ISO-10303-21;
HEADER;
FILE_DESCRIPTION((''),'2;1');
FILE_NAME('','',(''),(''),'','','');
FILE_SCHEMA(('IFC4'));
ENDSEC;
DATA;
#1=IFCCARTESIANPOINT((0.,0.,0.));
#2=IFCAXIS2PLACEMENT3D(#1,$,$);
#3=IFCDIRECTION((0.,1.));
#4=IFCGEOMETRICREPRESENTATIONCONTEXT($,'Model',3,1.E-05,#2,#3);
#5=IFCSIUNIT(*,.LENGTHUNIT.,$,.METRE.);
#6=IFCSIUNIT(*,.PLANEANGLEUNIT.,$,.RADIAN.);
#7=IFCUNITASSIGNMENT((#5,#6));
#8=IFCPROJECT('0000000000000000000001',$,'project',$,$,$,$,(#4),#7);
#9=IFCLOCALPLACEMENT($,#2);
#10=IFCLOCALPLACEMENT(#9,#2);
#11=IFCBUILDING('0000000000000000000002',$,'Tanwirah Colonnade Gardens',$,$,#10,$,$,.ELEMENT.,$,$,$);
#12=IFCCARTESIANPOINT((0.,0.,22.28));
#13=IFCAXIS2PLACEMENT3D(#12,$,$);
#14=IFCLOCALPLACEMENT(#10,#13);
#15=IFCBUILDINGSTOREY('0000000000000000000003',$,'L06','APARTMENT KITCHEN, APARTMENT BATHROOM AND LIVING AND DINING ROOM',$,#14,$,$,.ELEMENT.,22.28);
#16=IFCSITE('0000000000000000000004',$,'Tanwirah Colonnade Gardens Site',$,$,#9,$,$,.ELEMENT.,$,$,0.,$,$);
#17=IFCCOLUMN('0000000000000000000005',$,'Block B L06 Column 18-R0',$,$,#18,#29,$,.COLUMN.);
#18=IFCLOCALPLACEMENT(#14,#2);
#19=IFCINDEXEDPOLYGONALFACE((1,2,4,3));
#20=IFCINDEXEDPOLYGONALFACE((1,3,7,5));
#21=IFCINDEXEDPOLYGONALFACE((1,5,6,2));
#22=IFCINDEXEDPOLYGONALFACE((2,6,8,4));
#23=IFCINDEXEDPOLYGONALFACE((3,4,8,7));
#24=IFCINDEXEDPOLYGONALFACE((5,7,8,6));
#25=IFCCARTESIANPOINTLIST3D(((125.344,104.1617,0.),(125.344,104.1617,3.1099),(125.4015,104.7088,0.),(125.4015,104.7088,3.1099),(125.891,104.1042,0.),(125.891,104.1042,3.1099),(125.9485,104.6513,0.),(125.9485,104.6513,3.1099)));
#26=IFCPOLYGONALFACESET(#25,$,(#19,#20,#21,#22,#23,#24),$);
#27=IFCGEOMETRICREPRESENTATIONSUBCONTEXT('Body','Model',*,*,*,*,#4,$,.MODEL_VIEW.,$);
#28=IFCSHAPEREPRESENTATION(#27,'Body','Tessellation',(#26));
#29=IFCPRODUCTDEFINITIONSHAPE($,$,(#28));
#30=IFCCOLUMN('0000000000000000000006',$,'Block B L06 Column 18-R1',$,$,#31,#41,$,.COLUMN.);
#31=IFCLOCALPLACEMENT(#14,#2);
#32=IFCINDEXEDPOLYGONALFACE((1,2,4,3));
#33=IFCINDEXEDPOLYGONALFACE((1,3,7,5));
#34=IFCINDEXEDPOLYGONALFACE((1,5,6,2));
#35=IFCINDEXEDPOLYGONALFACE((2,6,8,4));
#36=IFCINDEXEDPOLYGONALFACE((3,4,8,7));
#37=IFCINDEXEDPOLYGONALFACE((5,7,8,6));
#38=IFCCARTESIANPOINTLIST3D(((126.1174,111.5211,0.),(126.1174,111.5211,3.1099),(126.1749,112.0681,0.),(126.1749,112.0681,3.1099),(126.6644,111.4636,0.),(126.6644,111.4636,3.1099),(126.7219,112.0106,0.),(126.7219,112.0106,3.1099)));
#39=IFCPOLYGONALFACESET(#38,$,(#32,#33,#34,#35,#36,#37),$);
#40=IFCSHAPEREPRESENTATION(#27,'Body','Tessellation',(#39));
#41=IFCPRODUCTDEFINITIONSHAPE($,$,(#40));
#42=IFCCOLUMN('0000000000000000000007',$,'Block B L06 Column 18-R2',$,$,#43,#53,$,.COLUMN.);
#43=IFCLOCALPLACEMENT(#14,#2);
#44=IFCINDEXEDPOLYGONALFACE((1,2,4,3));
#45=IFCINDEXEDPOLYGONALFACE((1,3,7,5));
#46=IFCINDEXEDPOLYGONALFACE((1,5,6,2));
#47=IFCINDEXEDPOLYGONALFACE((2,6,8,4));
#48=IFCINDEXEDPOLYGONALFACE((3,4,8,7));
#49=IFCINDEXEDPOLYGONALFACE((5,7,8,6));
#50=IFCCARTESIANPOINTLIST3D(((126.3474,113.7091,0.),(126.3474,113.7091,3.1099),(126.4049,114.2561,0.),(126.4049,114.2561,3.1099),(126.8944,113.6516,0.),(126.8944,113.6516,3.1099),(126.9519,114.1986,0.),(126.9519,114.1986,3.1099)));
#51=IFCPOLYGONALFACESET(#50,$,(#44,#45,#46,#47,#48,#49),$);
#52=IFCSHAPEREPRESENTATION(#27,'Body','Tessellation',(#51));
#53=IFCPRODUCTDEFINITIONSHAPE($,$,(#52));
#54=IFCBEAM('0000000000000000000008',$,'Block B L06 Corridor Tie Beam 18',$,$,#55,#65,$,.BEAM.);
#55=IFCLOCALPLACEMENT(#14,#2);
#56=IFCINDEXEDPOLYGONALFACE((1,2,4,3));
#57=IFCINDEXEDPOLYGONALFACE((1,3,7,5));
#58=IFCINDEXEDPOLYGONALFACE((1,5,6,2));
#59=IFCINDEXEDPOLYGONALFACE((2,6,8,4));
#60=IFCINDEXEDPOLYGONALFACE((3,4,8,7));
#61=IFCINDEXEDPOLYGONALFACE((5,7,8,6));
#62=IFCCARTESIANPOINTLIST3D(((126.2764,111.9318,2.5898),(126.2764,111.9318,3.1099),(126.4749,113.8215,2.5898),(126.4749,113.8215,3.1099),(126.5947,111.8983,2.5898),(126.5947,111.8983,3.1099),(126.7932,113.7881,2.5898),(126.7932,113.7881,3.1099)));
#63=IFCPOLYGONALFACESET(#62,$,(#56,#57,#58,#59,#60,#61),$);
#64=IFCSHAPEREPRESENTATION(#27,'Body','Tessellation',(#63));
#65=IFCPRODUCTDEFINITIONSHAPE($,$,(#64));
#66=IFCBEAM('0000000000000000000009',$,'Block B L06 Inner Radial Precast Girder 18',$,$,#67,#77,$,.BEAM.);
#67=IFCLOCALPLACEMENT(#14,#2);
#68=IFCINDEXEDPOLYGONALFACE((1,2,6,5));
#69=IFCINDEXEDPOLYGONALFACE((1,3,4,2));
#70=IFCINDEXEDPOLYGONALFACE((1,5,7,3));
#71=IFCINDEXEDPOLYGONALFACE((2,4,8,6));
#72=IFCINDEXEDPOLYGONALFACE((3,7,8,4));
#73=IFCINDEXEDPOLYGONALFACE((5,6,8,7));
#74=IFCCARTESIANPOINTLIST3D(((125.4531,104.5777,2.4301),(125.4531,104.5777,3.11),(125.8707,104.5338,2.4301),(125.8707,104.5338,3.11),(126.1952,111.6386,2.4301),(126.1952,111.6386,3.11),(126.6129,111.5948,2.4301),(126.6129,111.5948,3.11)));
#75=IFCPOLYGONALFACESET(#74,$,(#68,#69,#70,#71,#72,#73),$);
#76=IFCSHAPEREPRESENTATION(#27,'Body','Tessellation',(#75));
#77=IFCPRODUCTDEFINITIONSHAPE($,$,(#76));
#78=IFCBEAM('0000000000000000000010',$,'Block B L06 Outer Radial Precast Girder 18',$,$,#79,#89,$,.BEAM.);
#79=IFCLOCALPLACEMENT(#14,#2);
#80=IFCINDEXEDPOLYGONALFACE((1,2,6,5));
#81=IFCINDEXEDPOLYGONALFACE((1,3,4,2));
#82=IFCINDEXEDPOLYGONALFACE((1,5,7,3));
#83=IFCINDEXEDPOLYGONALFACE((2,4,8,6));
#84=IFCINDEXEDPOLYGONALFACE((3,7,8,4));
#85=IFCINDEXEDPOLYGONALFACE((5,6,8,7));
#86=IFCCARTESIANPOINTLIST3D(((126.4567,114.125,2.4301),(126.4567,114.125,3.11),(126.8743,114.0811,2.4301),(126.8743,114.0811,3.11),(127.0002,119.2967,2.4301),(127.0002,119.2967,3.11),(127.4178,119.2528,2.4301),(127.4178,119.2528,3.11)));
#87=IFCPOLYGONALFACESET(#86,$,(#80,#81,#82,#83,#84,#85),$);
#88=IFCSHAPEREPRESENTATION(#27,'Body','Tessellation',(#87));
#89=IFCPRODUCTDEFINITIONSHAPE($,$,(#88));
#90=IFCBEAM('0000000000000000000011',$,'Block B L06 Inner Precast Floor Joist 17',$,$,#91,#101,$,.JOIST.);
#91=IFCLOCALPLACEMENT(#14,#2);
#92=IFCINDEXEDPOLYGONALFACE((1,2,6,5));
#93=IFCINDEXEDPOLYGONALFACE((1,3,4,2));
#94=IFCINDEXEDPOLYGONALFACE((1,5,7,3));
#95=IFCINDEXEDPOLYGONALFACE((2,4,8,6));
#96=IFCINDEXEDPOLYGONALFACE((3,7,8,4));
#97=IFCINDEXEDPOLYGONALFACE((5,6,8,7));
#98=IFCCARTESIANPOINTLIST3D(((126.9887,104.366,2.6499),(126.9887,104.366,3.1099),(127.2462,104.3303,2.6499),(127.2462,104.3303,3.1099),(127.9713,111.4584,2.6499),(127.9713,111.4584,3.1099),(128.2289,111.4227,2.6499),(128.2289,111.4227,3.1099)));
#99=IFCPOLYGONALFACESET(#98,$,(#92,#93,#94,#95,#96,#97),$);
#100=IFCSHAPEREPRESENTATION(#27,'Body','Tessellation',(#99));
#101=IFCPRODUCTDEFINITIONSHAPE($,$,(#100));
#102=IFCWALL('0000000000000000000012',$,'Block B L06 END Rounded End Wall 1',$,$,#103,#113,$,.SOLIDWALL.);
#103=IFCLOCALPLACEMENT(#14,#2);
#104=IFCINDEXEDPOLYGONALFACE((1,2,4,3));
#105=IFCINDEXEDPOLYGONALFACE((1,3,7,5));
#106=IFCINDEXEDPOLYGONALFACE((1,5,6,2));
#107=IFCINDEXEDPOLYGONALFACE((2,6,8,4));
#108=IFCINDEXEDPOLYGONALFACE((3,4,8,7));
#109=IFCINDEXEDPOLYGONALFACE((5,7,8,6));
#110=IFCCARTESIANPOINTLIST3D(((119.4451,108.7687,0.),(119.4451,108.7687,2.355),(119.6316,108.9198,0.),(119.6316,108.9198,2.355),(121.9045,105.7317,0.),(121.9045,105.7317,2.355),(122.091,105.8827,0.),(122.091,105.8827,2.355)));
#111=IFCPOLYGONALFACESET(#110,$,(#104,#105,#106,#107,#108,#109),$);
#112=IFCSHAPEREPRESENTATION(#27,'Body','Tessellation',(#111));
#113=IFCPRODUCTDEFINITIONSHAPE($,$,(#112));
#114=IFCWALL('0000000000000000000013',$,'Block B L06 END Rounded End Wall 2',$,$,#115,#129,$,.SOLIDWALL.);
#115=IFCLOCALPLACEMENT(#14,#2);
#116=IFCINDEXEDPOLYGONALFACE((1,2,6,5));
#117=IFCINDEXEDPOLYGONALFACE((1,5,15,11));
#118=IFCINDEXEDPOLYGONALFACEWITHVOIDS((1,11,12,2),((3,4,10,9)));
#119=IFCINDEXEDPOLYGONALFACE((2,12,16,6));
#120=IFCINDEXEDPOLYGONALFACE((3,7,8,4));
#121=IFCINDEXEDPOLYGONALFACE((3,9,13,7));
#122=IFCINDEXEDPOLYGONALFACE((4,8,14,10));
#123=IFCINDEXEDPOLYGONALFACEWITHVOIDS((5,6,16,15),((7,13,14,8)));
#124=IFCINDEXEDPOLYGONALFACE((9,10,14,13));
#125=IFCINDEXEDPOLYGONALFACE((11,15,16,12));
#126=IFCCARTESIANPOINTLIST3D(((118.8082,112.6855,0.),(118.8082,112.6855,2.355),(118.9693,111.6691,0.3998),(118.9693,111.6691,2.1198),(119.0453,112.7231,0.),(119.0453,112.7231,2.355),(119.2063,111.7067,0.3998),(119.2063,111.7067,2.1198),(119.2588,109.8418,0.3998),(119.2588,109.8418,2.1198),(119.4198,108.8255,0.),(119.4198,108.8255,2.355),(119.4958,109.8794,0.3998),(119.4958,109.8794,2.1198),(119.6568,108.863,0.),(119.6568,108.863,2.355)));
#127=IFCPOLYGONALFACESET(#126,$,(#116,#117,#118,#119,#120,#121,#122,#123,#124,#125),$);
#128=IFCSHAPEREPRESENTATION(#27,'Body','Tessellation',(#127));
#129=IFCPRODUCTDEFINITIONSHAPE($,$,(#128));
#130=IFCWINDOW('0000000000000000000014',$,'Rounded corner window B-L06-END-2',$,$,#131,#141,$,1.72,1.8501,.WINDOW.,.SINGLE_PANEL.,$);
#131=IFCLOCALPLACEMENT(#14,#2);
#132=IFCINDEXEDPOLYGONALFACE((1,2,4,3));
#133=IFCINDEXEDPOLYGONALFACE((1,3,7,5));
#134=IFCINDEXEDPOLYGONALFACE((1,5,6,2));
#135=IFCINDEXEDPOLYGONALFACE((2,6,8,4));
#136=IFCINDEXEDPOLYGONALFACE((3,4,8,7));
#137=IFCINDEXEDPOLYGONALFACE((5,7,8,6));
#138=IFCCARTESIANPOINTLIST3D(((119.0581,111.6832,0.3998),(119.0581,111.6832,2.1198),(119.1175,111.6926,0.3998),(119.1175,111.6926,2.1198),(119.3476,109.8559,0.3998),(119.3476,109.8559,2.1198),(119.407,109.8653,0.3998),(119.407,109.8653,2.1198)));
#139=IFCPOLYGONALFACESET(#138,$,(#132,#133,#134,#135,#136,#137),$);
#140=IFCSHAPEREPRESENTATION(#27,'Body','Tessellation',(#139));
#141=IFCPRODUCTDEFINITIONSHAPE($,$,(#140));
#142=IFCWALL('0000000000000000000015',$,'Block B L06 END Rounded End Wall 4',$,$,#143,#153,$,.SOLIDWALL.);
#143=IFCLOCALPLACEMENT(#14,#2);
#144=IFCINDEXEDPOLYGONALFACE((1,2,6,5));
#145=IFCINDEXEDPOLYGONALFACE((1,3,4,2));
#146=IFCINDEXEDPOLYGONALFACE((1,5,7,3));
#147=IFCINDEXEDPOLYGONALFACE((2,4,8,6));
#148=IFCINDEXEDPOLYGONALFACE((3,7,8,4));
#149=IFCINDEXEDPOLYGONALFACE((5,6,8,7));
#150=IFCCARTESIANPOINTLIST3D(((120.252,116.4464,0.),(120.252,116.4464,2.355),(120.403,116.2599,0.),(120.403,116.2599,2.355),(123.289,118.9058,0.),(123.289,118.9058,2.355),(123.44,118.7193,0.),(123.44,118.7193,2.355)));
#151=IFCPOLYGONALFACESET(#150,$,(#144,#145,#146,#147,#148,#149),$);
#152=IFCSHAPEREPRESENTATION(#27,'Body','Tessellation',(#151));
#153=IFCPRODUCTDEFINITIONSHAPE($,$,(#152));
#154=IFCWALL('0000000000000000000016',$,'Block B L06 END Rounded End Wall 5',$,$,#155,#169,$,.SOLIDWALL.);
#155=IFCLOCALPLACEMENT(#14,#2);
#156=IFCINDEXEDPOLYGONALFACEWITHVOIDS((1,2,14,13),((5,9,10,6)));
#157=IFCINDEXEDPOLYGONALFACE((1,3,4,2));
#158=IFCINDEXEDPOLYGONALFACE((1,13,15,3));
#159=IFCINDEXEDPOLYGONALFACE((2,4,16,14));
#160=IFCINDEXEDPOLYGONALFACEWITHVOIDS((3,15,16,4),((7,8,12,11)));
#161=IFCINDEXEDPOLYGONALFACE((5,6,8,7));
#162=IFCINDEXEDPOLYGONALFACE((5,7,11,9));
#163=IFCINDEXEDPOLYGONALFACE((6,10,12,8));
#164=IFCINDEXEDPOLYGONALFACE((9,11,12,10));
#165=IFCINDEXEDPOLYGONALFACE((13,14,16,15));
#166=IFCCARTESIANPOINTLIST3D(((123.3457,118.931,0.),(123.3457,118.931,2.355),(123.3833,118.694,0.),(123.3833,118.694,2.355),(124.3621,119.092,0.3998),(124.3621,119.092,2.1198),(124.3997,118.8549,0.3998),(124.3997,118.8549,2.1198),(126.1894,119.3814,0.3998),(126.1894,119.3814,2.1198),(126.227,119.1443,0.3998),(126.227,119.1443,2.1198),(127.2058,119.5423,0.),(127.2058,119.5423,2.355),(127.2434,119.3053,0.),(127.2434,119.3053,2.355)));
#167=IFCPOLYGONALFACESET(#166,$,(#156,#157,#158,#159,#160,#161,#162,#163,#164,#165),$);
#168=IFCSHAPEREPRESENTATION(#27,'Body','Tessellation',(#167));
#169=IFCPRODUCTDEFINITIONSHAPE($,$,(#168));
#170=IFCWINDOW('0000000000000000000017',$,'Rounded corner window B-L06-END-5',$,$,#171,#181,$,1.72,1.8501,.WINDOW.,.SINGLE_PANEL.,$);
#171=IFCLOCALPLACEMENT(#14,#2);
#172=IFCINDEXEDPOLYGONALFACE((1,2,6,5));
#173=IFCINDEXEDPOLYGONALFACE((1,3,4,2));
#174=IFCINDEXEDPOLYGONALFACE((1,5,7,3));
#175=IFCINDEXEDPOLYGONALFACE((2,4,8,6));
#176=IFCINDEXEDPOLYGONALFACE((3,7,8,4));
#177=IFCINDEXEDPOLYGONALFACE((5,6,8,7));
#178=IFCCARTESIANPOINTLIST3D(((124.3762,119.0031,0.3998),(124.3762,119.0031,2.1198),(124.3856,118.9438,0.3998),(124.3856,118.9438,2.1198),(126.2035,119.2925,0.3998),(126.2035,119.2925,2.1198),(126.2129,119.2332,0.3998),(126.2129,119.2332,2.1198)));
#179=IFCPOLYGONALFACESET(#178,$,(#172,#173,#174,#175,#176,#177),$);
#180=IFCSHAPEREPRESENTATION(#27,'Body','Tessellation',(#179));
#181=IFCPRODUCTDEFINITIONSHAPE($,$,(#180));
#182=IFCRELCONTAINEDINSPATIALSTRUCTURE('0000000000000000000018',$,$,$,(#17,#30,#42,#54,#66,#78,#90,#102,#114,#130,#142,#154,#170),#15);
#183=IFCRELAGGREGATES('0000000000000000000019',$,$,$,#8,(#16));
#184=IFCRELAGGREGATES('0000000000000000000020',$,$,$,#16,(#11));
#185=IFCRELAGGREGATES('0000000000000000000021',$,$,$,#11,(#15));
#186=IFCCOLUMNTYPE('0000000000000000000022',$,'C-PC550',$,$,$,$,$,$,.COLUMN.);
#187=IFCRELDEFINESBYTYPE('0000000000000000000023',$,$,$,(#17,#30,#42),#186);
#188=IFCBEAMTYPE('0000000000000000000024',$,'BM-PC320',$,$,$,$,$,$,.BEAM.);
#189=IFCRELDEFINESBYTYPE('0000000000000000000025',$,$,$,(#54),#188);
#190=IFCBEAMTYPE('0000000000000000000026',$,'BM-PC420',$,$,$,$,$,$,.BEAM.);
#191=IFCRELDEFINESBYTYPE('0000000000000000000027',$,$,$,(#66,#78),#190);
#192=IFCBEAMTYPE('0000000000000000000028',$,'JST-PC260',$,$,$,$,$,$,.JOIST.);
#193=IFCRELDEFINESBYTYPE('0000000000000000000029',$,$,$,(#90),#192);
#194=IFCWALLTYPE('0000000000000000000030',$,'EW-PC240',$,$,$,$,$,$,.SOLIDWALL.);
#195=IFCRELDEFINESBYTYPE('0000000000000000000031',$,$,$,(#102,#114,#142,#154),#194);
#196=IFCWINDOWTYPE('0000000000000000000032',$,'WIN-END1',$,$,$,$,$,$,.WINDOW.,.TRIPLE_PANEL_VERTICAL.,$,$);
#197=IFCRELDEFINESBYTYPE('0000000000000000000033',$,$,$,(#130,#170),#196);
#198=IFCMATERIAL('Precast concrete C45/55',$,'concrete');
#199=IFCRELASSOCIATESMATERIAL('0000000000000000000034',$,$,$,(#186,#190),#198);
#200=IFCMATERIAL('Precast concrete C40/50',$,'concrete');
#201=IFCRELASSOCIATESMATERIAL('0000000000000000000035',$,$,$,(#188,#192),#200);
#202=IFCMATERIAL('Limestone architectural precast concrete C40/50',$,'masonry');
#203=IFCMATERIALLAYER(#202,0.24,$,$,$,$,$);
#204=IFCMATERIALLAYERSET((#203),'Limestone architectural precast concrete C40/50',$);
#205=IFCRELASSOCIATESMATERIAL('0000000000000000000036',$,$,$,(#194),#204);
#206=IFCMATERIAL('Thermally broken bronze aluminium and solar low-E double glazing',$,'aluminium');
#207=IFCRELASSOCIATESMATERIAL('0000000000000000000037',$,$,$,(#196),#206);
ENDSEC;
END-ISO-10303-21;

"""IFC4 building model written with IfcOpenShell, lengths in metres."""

from ifc_helpers import new_model, si_unit, direction, frame, frame_2d, origin, origin_2d, place, context, subcontext, project, spatial, rectangle, extrude, material, layer, layer_set, material_profile, profile_set, type_object, element, fill, save


model = new_model("IFC4")

# Units and contexts
model_context = context("Model", 3, precision=1e-05, world=origin(), true_north=direction((0.0, 1.0)))
body_context = subcontext(model_context, "Body", "Model", "MODEL_VIEW")
ifc_project = project(units=[si_unit("LENGTHUNIT", "METRE"), si_unit("PLANEANGLEUNIT", "RADIAN")], contexts=[model_context])

# Site, building, storey
site_placement = place(None, origin())
site = spatial("IfcSite", under=ifc_project, at=site_placement, Name="Tanwirah Colonnade Gardens Site", CompositionType="ELEMENT", RefElevation=0.0)
building_placement = place(site_placement, origin())
building = spatial("IfcBuilding", under=site, at=building_placement, Name="Tanwirah Colonnade Gardens", CompositionType="ELEMENT")
storey_placement = place(building_placement, frame((0.0, 0.0, 22.28)))
storey = spatial("IfcBuildingStorey", under=building, at=storey_placement, Name="L06", Description="APARTMENT KITCHEN, APARTMENT BATHROOM AND LIVING AND DINING ROOM", CompositionType="ELEMENT", Elevation=22.28)

# Columns
ifc_material_1 = material(Name="Precast concrete C45/55", Category="concrete")
ifc_material_profile_1 = material_profile(ifc_material_1, rectangle(XDim=0.55, YDim=0.55, at=origin_2d()), Name="PC-COL 550x550")
ifc_profile_set_1 = profile_set([ifc_material_profile_1], Name="Precast concrete C45/55")
column_type = type_object("IfcColumnType", Name="C-PC550", PredefinedType="COLUMN", material=ifc_profile_set_1)
for number, where, z_axis, x_axis, name in (
    (1, (125.6462, 104.4065, 0.0), (0.0, 0.0, 1.0), (0.104528, 0.994522, 0.0), "Block B L06 Column 18-R0"),
    (2, (126.4197, 111.7659, 0.0), (0.0, 0.0, 1.0), (0.104528, 0.994522, 0.0), "Block B L06 Column 18-R1"),
    (3, (126.6497, 113.9539, 0.0), (0.0, 0.0, 1.0), (0.104528, 0.994522, 0.0), "Block B L06 Column 18-R2"),
):
    element("IfcColumn", number, at=place(storey_placement, frame(where, z_axis=z_axis, x_axis=x_axis)), inside=storey, type_object=column_type, Name=name, PredefinedType="COLUMN", context=body_context, shape_type="SweptSolid", body=[
        extrude(rectangle(XDim=0.55, YDim=0.55, at=origin_2d()), origin(), (0.0, 0.0, 1.0), 3.1099),
    ])

# Beams
ifc_material_2 = material(Name="Precast concrete C40/50", Category="concrete")
ifc_material_profile_2 = material_profile(ifc_material_2, rectangle(XDim=0.3201, YDim=0.52, at=origin_2d()), Name="PC-BM 320x520")
ifc_profile_set_2 = profile_set([ifc_material_profile_2], Name="Precast concrete C40/50")
beam_type_1 = type_object("IfcBeamType", Name="BM-PC320", PredefinedType="BEAM", material=ifc_profile_set_2)
beam_1_placement = place(storey_placement, frame((126.4355, 111.915, 2.8499), z_axis=(0.104464, 0.994529, 0.0), x_axis=(-0.994529, 0.104464, 0.0)))
element("IfcBeam", 4, at=beam_1_placement, inside=storey, type_object=beam_type_1, Name="Block B L06 Corridor Tie Beam 18", PredefinedType="BEAM", context=body_context, shape_type="SweptSolid", body=[
    extrude(rectangle(XDim=0.3201, YDim=0.52, at=origin_2d()), origin(), (0.0, 0.0, 1.0), 1.9001),
])
ifc_material_profile_3 = material_profile(ifc_material_1, rectangle(XDim=0.4199, YDim=0.6799, at=origin_2d()), Name="PC-BM 420x680")
ifc_profile_set_3 = profile_set([ifc_material_profile_3], Name="Precast concrete C45/55")
beam_type_2 = type_object("IfcBeamType", Name="BM-PC420", PredefinedType="BEAM", material=ifc_profile_set_3)
beam_2_placement = place(storey_placement, frame((126.4041, 111.6167, 2.77), z_axis=(-0.104534, -0.994521, 0.0), x_axis=(0.994521, -0.104534, 0.0)))
element("IfcBeam", 5, at=beam_2_placement, inside=storey, type_object=beam_type_2, Name="Block B L06 Inner Radial Precast Girder 18", PredefinedType="BEAM", context=body_context, shape_type="SweptSolid", body=[
    extrude(rectangle(XDim=0.4199, YDim=0.6799, at=origin_2d()), origin(), (0.0, 0.0, 1.0), 7.0999),
])
beam_3_placement = place(storey_placement, frame((126.6655, 114.103, 2.77), z_axis=(0.104509, 0.994524, 0.0), x_axis=(-0.994524, 0.104509, 0.0)))
element("IfcBeam", 6, at=beam_3_placement, inside=storey, type_object=beam_type_2, Name="Block B L06 Outer Radial Precast Girder 18", PredefinedType="BEAM", context=body_context, shape_type="SweptSolid", body=[
    extrude(rectangle(XDim=0.4199, YDim=0.6799, at=origin_2d()), origin(), (0.0, 0.0, 1.0), 5.2002),
])
ifc_material_profile_4 = material_profile(ifc_material_2, rectangle(XDim=0.26, YDim=0.46, at=origin_2d()), Name="PC-JST 260x460")
ifc_profile_set_4 = profile_set([ifc_material_profile_4], Name="Precast concrete C40/50")
beam_type_3 = type_object("IfcBeamType", Name="JST-PC260", PredefinedType="JOIST", material=ifc_profile_set_4)
beam_4_placement = place(storey_placement, frame((127.1174, 104.3481, 2.8799), z_axis=(0.137243, 0.990537, 0.0), x_axis=(-0.990537, 0.137243, 0.0)))
element("IfcBeam", 7, at=beam_4_placement, inside=storey, type_object=beam_type_3, Name="Block B L06 Inner Precast Floor Joist 17", PredefinedType="JOIST", context=body_context, shape_type="SweptSolid", body=[
    extrude(rectangle(XDim=0.26, YDim=0.46, at=origin_2d()), origin(), (0.0, 0.0, 1.0), 7.1602),
])

# Wall
ifc_material_3 = material(Name="Limestone architectural precast concrete C40/50", Category="masonry")
ifc_layer_1 = layer(ifc_material_3, 0.24)
ifc_layer_set_1 = layer_set([ifc_layer_1], Name="Limestone architectural precast concrete C40/50")
wall_type_1 = type_object("IfcWallType", Name="EW-PC240", PredefinedType="SOLIDWALL", material=ifc_layer_set_1)
wall_1_placement = place(storey_placement, frame((121.9978, 105.8071, 0.0), z_axis=(0.0, 0.0, 1.0), x_axis=(-0.629331, 0.777137, 0.0)))
element("IfcWall", 8, at=wall_1_placement, inside=storey, type_object=wall_type_1, Name="Block B L06 END Rounded End Wall 1", PredefinedType="SOLIDWALL", context=body_context, shape_type="SweptSolid", body=[
    extrude(rectangle(XDim=3.908, YDim=0.24, at=frame_2d((1.9541, 0.0))), origin(), (0.0, 0.0, 1.0), 2.355),
])

# Wall, opening, window
wall_2_placement = place(storey_placement, frame((119.5383, 108.8442, 0.0), z_axis=(0.0, 0.0, 1.0), x_axis=(-0.156482, 0.987681, 0.0)))
wall_2 = element("IfcWall", 9, at=wall_2_placement, inside=storey, type_object=wall_type_1, Name="Block B L06 END Rounded End Wall 2", PredefinedType="SOLIDWALL", context=body_context, shape_type="SweptSolid", body=[
    extrude(rectangle(XDim=3.9082, YDim=0.24, at=frame_2d((1.9541, 0.0))), origin(), (0.0, 0.0, 1.0), 2.355),
])
opening_1_placement = place(wall_2_placement, frame((1.0291, 0.0, 0.3999)))
opening_1 = element("IfcOpeningElement", 10, at=opening_1_placement, cuts=wall_2, PredefinedType="OPENING", context=body_context, shape_type="SweptSolid", body=[
    extrude(rectangle(XDim=1.8501, YDim=1.72, at=frame_2d((0.925, 0.8599))), frame((0.0, 0.1299, 0.0), z_axis=(0.0, -1.0, 0.0), x_axis=(1.0, 0.0, 0.0)), (0.0, 0.0, 1.0), 0.26),
])
ifc_material_4 = material(Name="Thermally broken bronze aluminium and solar low-E double glazing", Category="aluminium")
window_type_1 = type_object("IfcWindowType", Name="WIN-END1", PartitioningType="TRIPLE_PANEL_VERTICAL", PredefinedType="WINDOW", material=ifc_material_4)
window_1_placement = place(opening_1_placement, origin())
window_1 = element("IfcWindow", 11, at=window_1_placement, inside=storey, type_object=window_type_1, Name="Rounded corner window B-L06-END-2", OverallHeight=1.72, OverallWidth=1.8501, PartitioningType="SINGLE_PANEL", PredefinedType="WINDOW", context=body_context, shape_type="SweptSolid", body=[
    extrude(rectangle(XDim=1.8501, YDim=1.72, at=frame_2d((0.925, 0.8599))), frame((0.0, 0.03, 0.0), z_axis=(0.0, -1.0, 0.0), x_axis=(1.0, 0.0, 0.0)), (0.0, 0.0, 1.0), 0.0601),
])
fill(opening_1, window_1)

# Wall
wall_3_placement = place(storey_placement, frame((120.3274, 116.353, 0.0), z_axis=(0.0, 0.0, 1.0), x_axis=(0.777137, 0.629331, 0.0)))
element("IfcWall", 12, at=wall_3_placement, inside=storey, type_object=wall_type_1, Name="Block B L06 END Rounded End Wall 4", PredefinedType="SOLIDWALL", context=body_context, shape_type="SweptSolid", body=[
    extrude(rectangle(XDim=3.908, YDim=0.24, at=frame_2d((1.9541, 0.0))), origin(), (0.0, 0.0, 1.0), 2.355),
])

# Wall, opening, window
wall_4_placement = place(storey_placement, frame((123.3645, 118.8125, 0.0), z_axis=(0.0, 0.0, 1.0), x_axis=(0.98769, 0.156421, 0.0)))
wall_4 = element("IfcWall", 13, at=wall_4_placement, inside=storey, type_object=wall_type_1, Name="Block B L06 END Rounded End Wall 5", PredefinedType="SOLIDWALL", context=body_context, shape_type="SweptSolid", body=[
    extrude(rectangle(XDim=3.9082, YDim=0.24, at=frame_2d((1.9541, 0.0))), origin(), (0.0, 0.0, 1.0), 2.355),
])
opening_2_placement = place(wall_4_placement, frame((1.0291, 0.0, 0.3999)))
opening_2 = element("IfcOpeningElement", 14, at=opening_2_placement, cuts=wall_4, PredefinedType="OPENING", context=body_context, shape_type="SweptSolid", body=[
    extrude(rectangle(XDim=1.8501, YDim=1.72, at=frame_2d((0.925, 0.8599))), frame((0.0, 0.1299, 0.0), z_axis=(0.0, -1.0, 0.0), x_axis=(1.0, 0.0, 0.0)), (0.0, 0.0, 1.0), 0.26),
])
window_2_placement = place(opening_2_placement, origin())
window_2 = element("IfcWindow", 15, at=window_2_placement, inside=storey, type_object=window_type_1, Name="Rounded corner window B-L06-END-5", OverallHeight=1.72, OverallWidth=1.8501, PartitioningType="SINGLE_PANEL", PredefinedType="WINDOW", context=body_context, shape_type="SweptSolid", body=[
    extrude(rectangle(XDim=1.8501, YDim=1.72, at=frame_2d((0.925, 0.8599))), frame((0.0, 0.03, 0.0), z_axis=(0.0, -1.0, 0.0), x_axis=(1.0, 0.0, 0.0)), (0.0, 0.0, 1.0), 0.0601),
])
fill(opening_2, window_2)

save(model, "model.ifc")
